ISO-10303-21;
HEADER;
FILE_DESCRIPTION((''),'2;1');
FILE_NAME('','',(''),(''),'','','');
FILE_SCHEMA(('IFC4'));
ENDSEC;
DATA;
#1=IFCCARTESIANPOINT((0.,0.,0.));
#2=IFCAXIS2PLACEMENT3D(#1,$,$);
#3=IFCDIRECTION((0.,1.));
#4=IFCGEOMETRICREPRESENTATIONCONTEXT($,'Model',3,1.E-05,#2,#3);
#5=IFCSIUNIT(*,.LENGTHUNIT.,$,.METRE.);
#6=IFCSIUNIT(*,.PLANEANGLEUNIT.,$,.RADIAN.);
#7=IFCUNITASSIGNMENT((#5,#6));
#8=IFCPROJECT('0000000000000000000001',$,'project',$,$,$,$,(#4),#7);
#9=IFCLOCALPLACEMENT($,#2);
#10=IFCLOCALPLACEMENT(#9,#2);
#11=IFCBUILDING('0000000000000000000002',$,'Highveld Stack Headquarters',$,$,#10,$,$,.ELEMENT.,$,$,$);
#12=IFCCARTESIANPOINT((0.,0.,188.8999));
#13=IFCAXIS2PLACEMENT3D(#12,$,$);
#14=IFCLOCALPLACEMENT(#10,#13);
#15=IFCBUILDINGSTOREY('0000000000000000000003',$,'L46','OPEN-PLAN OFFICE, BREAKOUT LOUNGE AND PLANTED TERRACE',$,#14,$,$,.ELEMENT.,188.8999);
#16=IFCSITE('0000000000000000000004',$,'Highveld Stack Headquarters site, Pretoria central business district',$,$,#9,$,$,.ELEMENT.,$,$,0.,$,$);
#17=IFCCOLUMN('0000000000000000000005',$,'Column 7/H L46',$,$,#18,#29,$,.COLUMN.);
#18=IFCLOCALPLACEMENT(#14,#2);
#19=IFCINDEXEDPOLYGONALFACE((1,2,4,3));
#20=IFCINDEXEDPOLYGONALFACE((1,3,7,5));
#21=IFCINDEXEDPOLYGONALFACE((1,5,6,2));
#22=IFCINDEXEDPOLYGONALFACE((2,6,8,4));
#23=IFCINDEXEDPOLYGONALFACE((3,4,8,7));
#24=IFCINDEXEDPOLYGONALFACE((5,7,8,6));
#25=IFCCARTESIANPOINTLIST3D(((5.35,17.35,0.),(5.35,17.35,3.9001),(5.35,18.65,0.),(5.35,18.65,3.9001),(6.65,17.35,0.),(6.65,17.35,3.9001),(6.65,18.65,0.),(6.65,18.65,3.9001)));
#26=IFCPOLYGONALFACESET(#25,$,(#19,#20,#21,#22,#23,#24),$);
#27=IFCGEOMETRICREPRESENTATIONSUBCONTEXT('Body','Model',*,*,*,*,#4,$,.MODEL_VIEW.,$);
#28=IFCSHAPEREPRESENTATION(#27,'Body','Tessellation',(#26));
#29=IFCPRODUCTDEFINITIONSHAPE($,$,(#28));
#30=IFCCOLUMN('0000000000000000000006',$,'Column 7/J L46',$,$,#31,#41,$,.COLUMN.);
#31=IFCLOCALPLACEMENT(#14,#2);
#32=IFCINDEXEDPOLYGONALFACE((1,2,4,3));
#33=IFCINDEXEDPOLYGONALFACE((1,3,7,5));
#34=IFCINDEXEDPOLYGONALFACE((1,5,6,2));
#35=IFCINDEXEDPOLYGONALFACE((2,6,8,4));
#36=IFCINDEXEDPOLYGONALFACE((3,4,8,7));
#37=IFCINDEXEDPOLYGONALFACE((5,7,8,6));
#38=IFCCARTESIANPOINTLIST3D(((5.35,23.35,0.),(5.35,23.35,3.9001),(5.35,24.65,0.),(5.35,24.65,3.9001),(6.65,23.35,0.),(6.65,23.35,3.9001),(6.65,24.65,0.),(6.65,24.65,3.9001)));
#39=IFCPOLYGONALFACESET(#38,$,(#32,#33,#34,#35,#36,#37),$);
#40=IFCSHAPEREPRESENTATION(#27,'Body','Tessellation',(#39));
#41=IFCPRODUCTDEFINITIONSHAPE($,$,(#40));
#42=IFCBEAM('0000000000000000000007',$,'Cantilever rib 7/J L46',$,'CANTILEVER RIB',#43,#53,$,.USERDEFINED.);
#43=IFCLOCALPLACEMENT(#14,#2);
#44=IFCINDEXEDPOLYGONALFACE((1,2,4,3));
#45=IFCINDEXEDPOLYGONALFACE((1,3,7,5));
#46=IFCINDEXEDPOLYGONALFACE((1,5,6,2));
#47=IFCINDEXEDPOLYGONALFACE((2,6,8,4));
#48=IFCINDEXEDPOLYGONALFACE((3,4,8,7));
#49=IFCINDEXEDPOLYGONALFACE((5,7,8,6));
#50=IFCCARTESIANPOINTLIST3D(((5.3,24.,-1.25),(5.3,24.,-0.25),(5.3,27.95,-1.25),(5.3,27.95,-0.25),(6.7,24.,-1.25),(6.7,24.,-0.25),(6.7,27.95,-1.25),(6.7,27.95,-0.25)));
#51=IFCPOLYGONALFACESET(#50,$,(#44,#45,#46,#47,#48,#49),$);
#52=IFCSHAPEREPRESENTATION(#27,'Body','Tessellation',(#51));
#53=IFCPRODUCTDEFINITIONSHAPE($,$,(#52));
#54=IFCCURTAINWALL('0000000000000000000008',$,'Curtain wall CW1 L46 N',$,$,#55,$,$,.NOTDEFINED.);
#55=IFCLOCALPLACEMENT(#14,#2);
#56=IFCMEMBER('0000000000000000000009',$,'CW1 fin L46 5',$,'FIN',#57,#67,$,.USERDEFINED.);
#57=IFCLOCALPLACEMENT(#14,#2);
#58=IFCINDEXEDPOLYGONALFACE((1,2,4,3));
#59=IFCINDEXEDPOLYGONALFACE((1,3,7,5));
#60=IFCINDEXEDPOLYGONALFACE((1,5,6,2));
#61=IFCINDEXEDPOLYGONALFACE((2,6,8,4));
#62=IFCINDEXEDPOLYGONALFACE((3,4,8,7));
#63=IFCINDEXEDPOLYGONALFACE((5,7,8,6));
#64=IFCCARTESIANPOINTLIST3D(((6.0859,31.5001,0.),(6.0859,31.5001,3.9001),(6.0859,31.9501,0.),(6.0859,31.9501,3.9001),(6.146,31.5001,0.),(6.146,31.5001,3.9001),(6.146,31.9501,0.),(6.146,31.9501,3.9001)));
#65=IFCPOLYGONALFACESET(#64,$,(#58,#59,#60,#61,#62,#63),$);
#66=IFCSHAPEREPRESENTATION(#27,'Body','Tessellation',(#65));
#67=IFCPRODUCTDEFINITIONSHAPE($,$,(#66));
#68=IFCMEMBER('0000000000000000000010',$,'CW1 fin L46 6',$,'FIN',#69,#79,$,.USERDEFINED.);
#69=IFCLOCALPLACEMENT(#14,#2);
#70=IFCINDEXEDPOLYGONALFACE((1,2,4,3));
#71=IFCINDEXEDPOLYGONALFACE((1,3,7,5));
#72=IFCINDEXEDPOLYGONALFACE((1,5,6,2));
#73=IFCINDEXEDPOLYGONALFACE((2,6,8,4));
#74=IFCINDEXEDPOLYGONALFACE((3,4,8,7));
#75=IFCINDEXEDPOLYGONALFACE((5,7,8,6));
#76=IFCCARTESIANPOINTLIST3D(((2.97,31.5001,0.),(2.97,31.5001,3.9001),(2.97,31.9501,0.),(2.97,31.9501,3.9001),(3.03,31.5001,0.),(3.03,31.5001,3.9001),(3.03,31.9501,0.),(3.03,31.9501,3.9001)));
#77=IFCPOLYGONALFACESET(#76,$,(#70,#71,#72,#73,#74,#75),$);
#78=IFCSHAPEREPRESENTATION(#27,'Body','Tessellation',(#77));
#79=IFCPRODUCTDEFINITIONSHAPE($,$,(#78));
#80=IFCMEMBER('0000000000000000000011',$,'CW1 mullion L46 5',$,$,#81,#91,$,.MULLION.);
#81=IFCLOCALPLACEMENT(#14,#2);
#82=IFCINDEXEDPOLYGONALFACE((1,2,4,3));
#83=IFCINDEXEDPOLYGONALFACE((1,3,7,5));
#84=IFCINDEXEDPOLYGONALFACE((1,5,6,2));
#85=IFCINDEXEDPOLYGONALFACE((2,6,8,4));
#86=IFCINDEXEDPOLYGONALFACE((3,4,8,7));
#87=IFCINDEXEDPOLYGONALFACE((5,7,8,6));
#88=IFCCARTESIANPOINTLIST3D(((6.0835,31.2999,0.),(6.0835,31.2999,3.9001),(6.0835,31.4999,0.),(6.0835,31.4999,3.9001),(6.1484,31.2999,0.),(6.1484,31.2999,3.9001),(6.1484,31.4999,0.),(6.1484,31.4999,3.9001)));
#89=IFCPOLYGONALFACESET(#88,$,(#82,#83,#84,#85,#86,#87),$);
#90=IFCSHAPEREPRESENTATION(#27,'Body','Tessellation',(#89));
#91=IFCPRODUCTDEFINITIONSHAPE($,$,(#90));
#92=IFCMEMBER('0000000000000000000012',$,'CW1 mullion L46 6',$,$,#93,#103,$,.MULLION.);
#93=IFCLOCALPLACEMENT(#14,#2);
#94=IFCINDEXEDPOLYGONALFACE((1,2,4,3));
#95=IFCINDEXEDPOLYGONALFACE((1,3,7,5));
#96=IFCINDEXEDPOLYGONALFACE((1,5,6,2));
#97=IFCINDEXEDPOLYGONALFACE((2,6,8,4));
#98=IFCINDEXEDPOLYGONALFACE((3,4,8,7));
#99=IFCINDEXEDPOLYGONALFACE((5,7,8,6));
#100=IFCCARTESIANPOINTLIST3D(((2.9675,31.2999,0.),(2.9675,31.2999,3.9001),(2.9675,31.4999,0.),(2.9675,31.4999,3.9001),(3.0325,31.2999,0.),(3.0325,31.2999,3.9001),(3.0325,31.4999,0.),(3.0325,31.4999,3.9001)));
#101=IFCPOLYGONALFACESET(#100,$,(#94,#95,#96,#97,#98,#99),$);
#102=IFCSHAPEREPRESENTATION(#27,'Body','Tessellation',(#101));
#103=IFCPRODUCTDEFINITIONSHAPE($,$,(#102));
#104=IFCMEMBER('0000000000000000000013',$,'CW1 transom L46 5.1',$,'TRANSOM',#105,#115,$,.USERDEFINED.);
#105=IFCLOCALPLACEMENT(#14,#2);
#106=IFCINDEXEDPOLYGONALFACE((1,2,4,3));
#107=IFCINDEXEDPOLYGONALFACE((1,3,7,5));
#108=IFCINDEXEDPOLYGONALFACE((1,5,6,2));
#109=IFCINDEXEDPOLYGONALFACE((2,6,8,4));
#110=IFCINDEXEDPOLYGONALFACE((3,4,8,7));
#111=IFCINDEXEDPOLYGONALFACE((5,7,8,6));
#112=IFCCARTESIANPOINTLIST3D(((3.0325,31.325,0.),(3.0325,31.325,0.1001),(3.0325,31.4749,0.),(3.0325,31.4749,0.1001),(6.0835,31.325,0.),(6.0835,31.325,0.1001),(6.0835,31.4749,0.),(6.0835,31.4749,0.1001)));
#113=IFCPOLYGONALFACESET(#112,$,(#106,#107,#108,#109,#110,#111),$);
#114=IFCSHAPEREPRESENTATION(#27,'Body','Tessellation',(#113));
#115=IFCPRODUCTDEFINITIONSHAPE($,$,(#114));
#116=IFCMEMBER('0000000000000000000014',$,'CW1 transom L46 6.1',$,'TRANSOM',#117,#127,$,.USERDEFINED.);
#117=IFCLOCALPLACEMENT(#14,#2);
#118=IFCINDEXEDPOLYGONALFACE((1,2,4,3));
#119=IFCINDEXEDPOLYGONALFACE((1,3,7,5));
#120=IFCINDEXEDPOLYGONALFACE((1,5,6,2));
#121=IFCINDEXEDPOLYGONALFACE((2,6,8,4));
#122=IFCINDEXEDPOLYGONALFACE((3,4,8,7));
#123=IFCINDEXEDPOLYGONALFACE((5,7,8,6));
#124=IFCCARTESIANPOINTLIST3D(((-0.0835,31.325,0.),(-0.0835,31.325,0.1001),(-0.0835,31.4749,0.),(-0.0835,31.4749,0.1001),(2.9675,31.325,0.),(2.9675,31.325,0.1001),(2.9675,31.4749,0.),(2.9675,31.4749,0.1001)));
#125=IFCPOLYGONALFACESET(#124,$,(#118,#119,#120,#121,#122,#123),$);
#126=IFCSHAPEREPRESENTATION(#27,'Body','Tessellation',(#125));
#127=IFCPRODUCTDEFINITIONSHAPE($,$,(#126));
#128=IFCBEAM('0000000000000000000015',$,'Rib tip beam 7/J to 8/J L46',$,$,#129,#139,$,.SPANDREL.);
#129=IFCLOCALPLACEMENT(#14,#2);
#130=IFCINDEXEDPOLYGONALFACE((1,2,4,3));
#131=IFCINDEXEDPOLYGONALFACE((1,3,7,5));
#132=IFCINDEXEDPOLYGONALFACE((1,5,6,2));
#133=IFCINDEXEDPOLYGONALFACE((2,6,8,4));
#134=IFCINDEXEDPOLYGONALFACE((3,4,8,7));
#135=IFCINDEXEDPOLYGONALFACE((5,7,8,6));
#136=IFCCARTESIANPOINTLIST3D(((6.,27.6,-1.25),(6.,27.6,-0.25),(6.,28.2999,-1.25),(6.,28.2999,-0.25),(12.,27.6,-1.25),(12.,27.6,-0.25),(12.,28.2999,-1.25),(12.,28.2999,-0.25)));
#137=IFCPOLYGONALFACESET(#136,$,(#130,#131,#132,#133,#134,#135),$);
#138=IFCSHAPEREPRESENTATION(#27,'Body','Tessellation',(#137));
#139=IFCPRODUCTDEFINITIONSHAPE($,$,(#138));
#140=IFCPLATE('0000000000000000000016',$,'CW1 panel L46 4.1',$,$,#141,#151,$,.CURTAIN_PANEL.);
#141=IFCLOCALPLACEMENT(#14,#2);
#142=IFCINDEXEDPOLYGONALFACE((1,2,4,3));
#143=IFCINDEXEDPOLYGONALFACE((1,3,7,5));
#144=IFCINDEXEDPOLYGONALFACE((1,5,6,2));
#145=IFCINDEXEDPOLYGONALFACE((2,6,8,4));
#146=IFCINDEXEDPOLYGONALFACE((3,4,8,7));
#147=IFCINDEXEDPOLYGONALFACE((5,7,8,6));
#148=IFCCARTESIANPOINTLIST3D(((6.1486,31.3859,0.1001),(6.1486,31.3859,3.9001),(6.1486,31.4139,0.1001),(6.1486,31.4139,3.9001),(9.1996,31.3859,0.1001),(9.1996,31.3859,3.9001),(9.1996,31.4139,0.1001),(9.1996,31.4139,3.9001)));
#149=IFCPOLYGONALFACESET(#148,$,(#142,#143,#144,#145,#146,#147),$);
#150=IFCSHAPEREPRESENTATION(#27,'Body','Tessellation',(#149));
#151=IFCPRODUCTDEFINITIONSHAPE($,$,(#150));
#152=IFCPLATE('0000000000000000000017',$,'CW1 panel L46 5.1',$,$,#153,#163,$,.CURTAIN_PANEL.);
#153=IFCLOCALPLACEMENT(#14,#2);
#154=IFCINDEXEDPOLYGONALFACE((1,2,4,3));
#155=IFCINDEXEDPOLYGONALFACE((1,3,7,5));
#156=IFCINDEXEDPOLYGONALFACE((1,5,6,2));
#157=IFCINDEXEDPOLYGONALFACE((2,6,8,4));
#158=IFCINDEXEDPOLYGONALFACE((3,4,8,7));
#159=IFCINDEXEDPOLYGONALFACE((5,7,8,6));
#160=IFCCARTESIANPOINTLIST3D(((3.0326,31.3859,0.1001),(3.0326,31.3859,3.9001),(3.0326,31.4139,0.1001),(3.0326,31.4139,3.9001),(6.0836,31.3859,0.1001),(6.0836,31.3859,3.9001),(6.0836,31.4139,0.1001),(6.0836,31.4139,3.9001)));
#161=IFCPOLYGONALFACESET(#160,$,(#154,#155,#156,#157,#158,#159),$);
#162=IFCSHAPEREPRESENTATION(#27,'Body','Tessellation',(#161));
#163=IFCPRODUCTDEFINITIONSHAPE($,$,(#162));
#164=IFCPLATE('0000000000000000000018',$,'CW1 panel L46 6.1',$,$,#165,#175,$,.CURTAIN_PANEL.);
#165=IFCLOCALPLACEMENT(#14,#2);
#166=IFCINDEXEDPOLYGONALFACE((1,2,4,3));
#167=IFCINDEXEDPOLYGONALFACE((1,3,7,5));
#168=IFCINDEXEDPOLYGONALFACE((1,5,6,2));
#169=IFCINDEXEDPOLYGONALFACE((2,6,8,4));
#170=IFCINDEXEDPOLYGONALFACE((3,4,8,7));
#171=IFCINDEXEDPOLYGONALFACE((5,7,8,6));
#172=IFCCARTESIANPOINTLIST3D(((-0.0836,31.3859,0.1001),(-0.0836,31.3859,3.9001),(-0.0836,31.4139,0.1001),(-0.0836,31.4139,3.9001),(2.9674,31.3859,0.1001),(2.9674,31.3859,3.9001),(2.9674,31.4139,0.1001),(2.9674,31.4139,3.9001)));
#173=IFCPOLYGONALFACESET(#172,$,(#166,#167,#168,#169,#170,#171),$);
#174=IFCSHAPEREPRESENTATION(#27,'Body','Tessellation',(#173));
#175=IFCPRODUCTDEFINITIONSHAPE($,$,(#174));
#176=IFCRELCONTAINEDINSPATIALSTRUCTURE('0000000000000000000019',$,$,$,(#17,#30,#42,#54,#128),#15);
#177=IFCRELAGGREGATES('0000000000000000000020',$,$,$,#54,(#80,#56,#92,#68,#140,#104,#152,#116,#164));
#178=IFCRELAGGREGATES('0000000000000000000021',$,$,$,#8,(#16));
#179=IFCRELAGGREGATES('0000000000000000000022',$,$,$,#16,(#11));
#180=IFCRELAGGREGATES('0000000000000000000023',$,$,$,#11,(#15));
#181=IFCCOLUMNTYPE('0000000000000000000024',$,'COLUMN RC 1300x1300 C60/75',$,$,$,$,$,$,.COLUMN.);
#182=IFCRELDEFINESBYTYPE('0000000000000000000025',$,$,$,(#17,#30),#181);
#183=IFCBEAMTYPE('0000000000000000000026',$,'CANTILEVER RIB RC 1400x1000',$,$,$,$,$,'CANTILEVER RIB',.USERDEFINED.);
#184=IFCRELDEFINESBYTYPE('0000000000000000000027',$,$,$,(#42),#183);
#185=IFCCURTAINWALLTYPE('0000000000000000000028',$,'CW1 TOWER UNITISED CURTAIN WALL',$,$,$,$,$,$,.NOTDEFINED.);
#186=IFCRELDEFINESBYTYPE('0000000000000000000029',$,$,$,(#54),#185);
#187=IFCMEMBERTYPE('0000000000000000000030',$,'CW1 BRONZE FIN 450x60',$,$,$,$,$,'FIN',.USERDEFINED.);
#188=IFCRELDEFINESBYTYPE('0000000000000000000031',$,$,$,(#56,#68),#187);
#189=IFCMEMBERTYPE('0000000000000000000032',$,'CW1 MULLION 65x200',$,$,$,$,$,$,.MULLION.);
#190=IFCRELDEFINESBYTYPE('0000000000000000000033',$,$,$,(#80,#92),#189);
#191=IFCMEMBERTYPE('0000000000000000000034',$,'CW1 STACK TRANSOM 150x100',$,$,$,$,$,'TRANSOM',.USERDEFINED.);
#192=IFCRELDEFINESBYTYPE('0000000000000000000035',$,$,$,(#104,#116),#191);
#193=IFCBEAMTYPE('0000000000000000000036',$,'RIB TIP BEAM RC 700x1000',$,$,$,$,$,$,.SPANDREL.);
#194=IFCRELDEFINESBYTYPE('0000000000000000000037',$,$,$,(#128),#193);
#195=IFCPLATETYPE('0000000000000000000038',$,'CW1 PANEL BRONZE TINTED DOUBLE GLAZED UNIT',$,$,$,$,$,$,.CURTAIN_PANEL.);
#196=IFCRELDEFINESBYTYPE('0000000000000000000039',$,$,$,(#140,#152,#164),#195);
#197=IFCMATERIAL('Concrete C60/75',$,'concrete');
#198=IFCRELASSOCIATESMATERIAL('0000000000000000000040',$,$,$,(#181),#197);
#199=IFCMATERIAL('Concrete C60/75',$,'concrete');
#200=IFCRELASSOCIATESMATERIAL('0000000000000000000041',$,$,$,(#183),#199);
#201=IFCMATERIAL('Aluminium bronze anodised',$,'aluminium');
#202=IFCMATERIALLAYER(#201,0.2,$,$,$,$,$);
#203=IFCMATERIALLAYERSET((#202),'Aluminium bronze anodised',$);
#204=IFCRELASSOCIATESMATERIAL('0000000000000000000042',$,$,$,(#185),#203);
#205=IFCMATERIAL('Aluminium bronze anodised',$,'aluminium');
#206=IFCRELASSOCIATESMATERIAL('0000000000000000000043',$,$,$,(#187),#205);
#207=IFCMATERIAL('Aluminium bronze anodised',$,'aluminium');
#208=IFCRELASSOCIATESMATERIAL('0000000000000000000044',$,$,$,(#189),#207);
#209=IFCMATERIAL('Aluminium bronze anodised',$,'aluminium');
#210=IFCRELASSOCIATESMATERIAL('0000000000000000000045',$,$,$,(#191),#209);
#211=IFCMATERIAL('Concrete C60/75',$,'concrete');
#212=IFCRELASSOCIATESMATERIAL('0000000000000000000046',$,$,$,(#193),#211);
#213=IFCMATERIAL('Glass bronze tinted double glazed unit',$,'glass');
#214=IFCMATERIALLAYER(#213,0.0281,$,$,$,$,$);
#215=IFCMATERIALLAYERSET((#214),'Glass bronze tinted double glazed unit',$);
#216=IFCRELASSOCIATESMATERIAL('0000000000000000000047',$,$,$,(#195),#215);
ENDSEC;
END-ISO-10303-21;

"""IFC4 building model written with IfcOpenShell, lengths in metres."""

from ifc_helpers import new_model, si_unit, direction, frame, origin, origin_2d, place, context, subcontext, project, spatial, rectangle, extrude, material, layer, layer_set, material_profile, profile_set, type_object, element, aggregate, save


model = new_model("IFC4")

# Units and contexts
model_context = context("Model", 3, precision=1e-05, world=origin(), true_north=direction((0.0, 1.0)))
body_context = subcontext(model_context, "Body", "Model", "MODEL_VIEW")
ifc_project = project(units=[si_unit("LENGTHUNIT", "METRE"), si_unit("PLANEANGLEUNIT", "RADIAN")], contexts=[model_context])

# Site, building, storey
site_placement = place(None, origin())
site = spatial("IfcSite", under=ifc_project, at=site_placement, Name="Highveld Stack Headquarters site, Pretoria central business district", CompositionType="ELEMENT", RefElevation=0.0)
building_placement = place(site_placement, origin())
building = spatial("IfcBuilding", under=site, at=building_placement, Name="Highveld Stack Headquarters", CompositionType="ELEMENT")
storey_placement = place(building_placement, frame((0.0, 0.0, 188.8999)))
storey = spatial("IfcBuildingStorey", under=building, at=storey_placement, Name="L46", Description="OPEN-PLAN OFFICE, BREAKOUT LOUNGE AND PLANTED TERRACE", CompositionType="ELEMENT", Elevation=188.8999)

# Columns
ifc_material_1 = material(Name="Concrete C60/75", Category="concrete")
ifc_material_profile_1 = material_profile(ifc_material_1, rectangle(XDim=1.3, YDim=1.3, at=origin_2d()), Name="RC 1300x1300")
ifc_profile_set_1 = profile_set([ifc_material_profile_1], Name="Concrete C60/75")
column_type = type_object("IfcColumnType", Name="COLUMN RC 1300x1300 C60/75", PredefinedType="COLUMN", material=ifc_profile_set_1)
for number, where, z_axis, x_axis, name in (
    (1, (6.0, 18.0, 0.0), (0.0, 0.0, 1.0), (1.0, 0.0, 0.0), "Column 7/H L46"),
    (2, (6.0, 24.0, 0.0), (0.0, 0.0, 1.0), (1.0, 0.0, 0.0), "Column 7/J L46"),
):
    element("IfcColumn", number, at=place(storey_placement, frame(where, z_axis=z_axis, x_axis=x_axis)), inside=storey, type_object=column_type, Name=name, PredefinedType="COLUMN", context=body_context, shape_type="SweptSolid", body=[
        extrude(rectangle(XDim=1.3, YDim=1.3, at=origin_2d()), origin(), (0.0, 0.0, 1.0), 3.9001),
    ])

# Beam
ifc_material_2 = material(Name="Concrete C60/75", Category="concrete")
ifc_material_profile_2 = material_profile(ifc_material_2, rectangle(XDim=1.3999, YDim=1.0, at=origin_2d()), Name="RC 1400x1000")
ifc_profile_set_2 = profile_set([ifc_material_profile_2], Name="Concrete C60/75")
beam_type_1 = type_object("IfcBeamType", Name="CANTILEVER RIB RC 1400x1000", ElementType="CANTILEVER RIB", PredefinedType="USERDEFINED", material=ifc_profile_set_2)
beam_1_placement = place(storey_placement, frame((6.0, 24.0, -0.75), z_axis=(0.0, 1.0, 0.0), x_axis=(-1.0, 0.0, 0.0)))
element("IfcBeam", 3, at=beam_1_placement, inside=storey, type_object=beam_type_1, Name="Cantilever rib 7/J L46", ObjectType="CANTILEVER RIB", PredefinedType="USERDEFINED", context=body_context, shape_type="SweptSolid", body=[
    extrude(rectangle(XDim=1.3999, YDim=1.0, at=origin_2d()), origin(), (0.0, 0.0, 1.0), 3.95),
])

# Curtain wall, members
ifc_material_3 = material(Name="Aluminium bronze anodised", Category="aluminium")
ifc_layer_1 = layer(ifc_material_3, 0.2)
ifc_layer_set_1 = layer_set([ifc_layer_1], Name="Aluminium bronze anodised")
curtain_wall_type = type_object("IfcCurtainWallType", Name="CW1 TOWER UNITISED CURTAIN WALL", PredefinedType="NOTDEFINED", material=ifc_layer_set_1)
curtain_wall_placement = place(storey_placement, origin())
curtain_wall = element("IfcCurtainWall", 4, at=curtain_wall_placement, inside=storey, type_object=curtain_wall_type, Name="Curtain wall CW1 L46 N", PredefinedType="NOTDEFINED")
ifc_material_4 = material(Name="Aluminium bronze anodised", Category="aluminium")
ifc_material_profile_3 = material_profile(ifc_material_4, rectangle(XDim=0.45, YDim=0.0601, at=origin_2d()), Name="FIN 450x60")
ifc_profile_set_3 = profile_set([ifc_material_profile_3], Name="Aluminium bronze anodised")
member_type_1 = type_object("IfcMemberType", Name="CW1 BRONZE FIN 450x60", ElementType="FIN", PredefinedType="USERDEFINED", material=ifc_profile_set_3)
member_1_placement = place(storey_placement, frame((6.116, 31.7251, 0.0), z_axis=(0.0, 0.0, 1.0), x_axis=(0.0, -1.0, 0.0)))
member_1 = element("IfcMember", 5, at=member_1_placement, type_object=member_type_1, Name="CW1 fin L46 5", ObjectType="FIN", PredefinedType="USERDEFINED", context=body_context, shape_type="SweptSolid", body=[
    extrude(rectangle(XDim=0.45, YDim=0.0601, at=origin_2d()), origin(), (0.0, 0.0, 1.0), 3.9001),
])
member_2_placement = place(storey_placement, frame((3.0, 31.7251, 0.0), z_axis=(0.0, 0.0, 1.0), x_axis=(0.0, -1.0, 0.0)))
member_2 = element("IfcMember", 6, at=member_2_placement, type_object=member_type_1, Name="CW1 fin L46 6", ObjectType="FIN", PredefinedType="USERDEFINED", context=body_context, shape_type="SweptSolid", body=[
    extrude(rectangle(XDim=0.45, YDim=0.0601, at=origin_2d()), origin(), (0.0, 0.0, 1.0), 3.9001),
])
ifc_material_5 = material(Name="Aluminium bronze anodised", Category="aluminium")
ifc_material_profile_4 = material_profile(ifc_material_5, rectangle(XDim=0.2, YDim=0.0649, at=origin_2d()), Name="CW1 MULLION 65x200")
ifc_profile_set_4 = profile_set([ifc_material_profile_4], Name="Aluminium bronze anodised")
member_type_2 = type_object("IfcMemberType", Name="CW1 MULLION 65x200", PredefinedType="MULLION", material=ifc_profile_set_4)
member_3_placement = place(storey_placement, frame((6.116, 31.3999, 0.0), z_axis=(0.0, 0.0, 1.0), x_axis=(0.0, -1.0, 0.0)))
member_3 = element("IfcMember", 7, at=member_3_placement, type_object=member_type_2, Name="CW1 mullion L46 5", PredefinedType="MULLION", context=body_context, shape_type="SweptSolid", body=[
    extrude(rectangle(XDim=0.2, YDim=0.0649, at=origin_2d()), origin(), (0.0, 0.0, 1.0), 3.9001),
])
member_4_placement = place(storey_placement, frame((3.0, 31.3999, 0.0), z_axis=(0.0, 0.0, 1.0), x_axis=(0.0, -1.0, 0.0)))
member_4 = element("IfcMember", 8, at=member_4_placement, type_object=member_type_2, Name="CW1 mullion L46 6", PredefinedType="MULLION", context=body_context, shape_type="SweptSolid", body=[
    extrude(rectangle(XDim=0.2, YDim=0.0649, at=origin_2d()), origin(), (0.0, 0.0, 1.0), 3.9001),
])
ifc_material_6 = material(Name="Aluminium bronze anodised", Category="aluminium")
ifc_material_profile_5 = material_profile(ifc_material_6, rectangle(XDim=0.1499, YDim=0.1001, at=origin_2d()), Name="CW1 TRANSOM 150x100")
ifc_profile_set_5 = profile_set([ifc_material_profile_5], Name="Aluminium bronze anodised")
member_type_3 = type_object("IfcMemberType", Name="CW1 STACK TRANSOM 150x100", ElementType="TRANSOM", PredefinedType="USERDEFINED", material=ifc_profile_set_5)
member_5_placement = place(storey_placement, frame((6.0835, 31.3999, 0.05), z_axis=(-1.0, 0.0, 0.0), x_axis=(0.0, -1.0, 0.0)))
member_5 = element("IfcMember", 9, at=member_5_placement, type_object=member_type_3, Name="CW1 transom L46 5.1", ObjectType="TRANSOM", PredefinedType="USERDEFINED", context=body_context, shape_type="SweptSolid", body=[
    extrude(rectangle(XDim=0.1499, YDim=0.1001, at=origin_2d()), origin(), (0.0, 0.0, 1.0), 3.051),
])
member_6_placement = place(storey_placement, frame((2.9675, 31.3999, 0.05), z_axis=(-1.0, 0.0, 0.0), x_axis=(0.0, -1.0, 0.0)))
member_6 = element("IfcMember", 10, at=member_6_placement, type_object=member_type_3, Name="CW1 transom L46 6.1", ObjectType="TRANSOM", PredefinedType="USERDEFINED", context=body_context, shape_type="SweptSolid", body=[
    extrude(rectangle(XDim=0.1499, YDim=0.1001, at=origin_2d()), origin(), (0.0, 0.0, 1.0), 3.051),
])

# Beam
ifc_material_7 = material(Name="Concrete C60/75", Category="concrete")
ifc_material_profile_6 = material_profile(ifc_material_7, rectangle(XDim=0.7, YDim=1.0, at=origin_2d()), Name="RC 700x1000")
ifc_profile_set_6 = profile_set([ifc_material_profile_6], Name="Concrete C60/75")
beam_type_2 = type_object("IfcBeamType", Name="RIB TIP BEAM RC 700x1000", PredefinedType="SPANDREL", material=ifc_profile_set_6)
beam_2_placement = place(storey_placement, frame((6.0, 27.95, -0.75), z_axis=(1.0, 0.0, 0.0), x_axis=(0.0, 1.0, 0.0)))
element("IfcBeam", 11, at=beam_2_placement, inside=storey, type_object=beam_type_2, Name="Rib tip beam 7/J to 8/J L46", PredefinedType="SPANDREL", context=body_context, shape_type="SweptSolid", body=[
    extrude(rectangle(XDim=0.7, YDim=1.0, at=origin_2d()), origin(), (0.0, 0.0, 1.0), 6.0),
])

# Plates
ifc_material_8 = material(Name="Glass bronze tinted double glazed unit", Category="glass")
ifc_layer_2 = layer(ifc_material_8, 0.0281)
ifc_layer_set_2 = layer_set([ifc_layer_2], Name="Glass bronze tinted double glazed unit")
plate_type = type_object("IfcPlateType", Name="CW1 PANEL BRONZE TINTED DOUBLE GLAZED UNIT", PredefinedType="CURTAIN_PANEL", material=ifc_layer_set_2)
plate_1_placement = place(storey_placement, frame((7.6741, 31.3999, 0.1001), z_axis=(0.0, 0.0, 1.0), x_axis=(-1.0, 0.0, 0.0)))
plate_1 = element("IfcPlate", 12, at=plate_1_placement, type_object=plate_type, Name="CW1 panel L46 4.1", PredefinedType="CURTAIN_PANEL", context=body_context, shape_type="SweptSolid", body=[
    extrude(rectangle(XDim=3.051, YDim=0.0281, at=origin_2d()), origin(), (0.0, 0.0, 1.0), 3.8),
])
plate_2_placement = place(storey_placement, frame((4.5581, 31.3999, 0.1001), z_axis=(0.0, 0.0, 1.0), x_axis=(-1.0, 0.0, 0.0)))
plate_2 = element("IfcPlate", 13, at=plate_2_placement, type_object=plate_type, Name="CW1 panel L46 5.1", PredefinedType="CURTAIN_PANEL", context=body_context, shape_type="SweptSolid", body=[
    extrude(rectangle(XDim=3.051, YDim=0.0281, at=origin_2d()), origin(), (0.0, 0.0, 1.0), 3.8),
])
plate_3_placement = place(storey_placement, frame((1.4419, 31.3999, 0.1001), z_axis=(0.0, 0.0, 1.0), x_axis=(-1.0, 0.0, 0.0)))
plate_3 = element("IfcPlate", 14, at=plate_3_placement, type_object=plate_type, Name="CW1 panel L46 6.1", PredefinedType="CURTAIN_PANEL", context=body_context, shape_type="SweptSolid", body=[
    extrude(rectangle(XDim=3.051, YDim=0.0281, at=origin_2d()), origin(), (0.0, 0.0, 1.0), 3.8),
])
aggregate(curtain_wall, [member_3, member_1, member_4, member_2, plate_1, member_5, plate_2, member_6, plate_3])

save(model, "model.ifc")
